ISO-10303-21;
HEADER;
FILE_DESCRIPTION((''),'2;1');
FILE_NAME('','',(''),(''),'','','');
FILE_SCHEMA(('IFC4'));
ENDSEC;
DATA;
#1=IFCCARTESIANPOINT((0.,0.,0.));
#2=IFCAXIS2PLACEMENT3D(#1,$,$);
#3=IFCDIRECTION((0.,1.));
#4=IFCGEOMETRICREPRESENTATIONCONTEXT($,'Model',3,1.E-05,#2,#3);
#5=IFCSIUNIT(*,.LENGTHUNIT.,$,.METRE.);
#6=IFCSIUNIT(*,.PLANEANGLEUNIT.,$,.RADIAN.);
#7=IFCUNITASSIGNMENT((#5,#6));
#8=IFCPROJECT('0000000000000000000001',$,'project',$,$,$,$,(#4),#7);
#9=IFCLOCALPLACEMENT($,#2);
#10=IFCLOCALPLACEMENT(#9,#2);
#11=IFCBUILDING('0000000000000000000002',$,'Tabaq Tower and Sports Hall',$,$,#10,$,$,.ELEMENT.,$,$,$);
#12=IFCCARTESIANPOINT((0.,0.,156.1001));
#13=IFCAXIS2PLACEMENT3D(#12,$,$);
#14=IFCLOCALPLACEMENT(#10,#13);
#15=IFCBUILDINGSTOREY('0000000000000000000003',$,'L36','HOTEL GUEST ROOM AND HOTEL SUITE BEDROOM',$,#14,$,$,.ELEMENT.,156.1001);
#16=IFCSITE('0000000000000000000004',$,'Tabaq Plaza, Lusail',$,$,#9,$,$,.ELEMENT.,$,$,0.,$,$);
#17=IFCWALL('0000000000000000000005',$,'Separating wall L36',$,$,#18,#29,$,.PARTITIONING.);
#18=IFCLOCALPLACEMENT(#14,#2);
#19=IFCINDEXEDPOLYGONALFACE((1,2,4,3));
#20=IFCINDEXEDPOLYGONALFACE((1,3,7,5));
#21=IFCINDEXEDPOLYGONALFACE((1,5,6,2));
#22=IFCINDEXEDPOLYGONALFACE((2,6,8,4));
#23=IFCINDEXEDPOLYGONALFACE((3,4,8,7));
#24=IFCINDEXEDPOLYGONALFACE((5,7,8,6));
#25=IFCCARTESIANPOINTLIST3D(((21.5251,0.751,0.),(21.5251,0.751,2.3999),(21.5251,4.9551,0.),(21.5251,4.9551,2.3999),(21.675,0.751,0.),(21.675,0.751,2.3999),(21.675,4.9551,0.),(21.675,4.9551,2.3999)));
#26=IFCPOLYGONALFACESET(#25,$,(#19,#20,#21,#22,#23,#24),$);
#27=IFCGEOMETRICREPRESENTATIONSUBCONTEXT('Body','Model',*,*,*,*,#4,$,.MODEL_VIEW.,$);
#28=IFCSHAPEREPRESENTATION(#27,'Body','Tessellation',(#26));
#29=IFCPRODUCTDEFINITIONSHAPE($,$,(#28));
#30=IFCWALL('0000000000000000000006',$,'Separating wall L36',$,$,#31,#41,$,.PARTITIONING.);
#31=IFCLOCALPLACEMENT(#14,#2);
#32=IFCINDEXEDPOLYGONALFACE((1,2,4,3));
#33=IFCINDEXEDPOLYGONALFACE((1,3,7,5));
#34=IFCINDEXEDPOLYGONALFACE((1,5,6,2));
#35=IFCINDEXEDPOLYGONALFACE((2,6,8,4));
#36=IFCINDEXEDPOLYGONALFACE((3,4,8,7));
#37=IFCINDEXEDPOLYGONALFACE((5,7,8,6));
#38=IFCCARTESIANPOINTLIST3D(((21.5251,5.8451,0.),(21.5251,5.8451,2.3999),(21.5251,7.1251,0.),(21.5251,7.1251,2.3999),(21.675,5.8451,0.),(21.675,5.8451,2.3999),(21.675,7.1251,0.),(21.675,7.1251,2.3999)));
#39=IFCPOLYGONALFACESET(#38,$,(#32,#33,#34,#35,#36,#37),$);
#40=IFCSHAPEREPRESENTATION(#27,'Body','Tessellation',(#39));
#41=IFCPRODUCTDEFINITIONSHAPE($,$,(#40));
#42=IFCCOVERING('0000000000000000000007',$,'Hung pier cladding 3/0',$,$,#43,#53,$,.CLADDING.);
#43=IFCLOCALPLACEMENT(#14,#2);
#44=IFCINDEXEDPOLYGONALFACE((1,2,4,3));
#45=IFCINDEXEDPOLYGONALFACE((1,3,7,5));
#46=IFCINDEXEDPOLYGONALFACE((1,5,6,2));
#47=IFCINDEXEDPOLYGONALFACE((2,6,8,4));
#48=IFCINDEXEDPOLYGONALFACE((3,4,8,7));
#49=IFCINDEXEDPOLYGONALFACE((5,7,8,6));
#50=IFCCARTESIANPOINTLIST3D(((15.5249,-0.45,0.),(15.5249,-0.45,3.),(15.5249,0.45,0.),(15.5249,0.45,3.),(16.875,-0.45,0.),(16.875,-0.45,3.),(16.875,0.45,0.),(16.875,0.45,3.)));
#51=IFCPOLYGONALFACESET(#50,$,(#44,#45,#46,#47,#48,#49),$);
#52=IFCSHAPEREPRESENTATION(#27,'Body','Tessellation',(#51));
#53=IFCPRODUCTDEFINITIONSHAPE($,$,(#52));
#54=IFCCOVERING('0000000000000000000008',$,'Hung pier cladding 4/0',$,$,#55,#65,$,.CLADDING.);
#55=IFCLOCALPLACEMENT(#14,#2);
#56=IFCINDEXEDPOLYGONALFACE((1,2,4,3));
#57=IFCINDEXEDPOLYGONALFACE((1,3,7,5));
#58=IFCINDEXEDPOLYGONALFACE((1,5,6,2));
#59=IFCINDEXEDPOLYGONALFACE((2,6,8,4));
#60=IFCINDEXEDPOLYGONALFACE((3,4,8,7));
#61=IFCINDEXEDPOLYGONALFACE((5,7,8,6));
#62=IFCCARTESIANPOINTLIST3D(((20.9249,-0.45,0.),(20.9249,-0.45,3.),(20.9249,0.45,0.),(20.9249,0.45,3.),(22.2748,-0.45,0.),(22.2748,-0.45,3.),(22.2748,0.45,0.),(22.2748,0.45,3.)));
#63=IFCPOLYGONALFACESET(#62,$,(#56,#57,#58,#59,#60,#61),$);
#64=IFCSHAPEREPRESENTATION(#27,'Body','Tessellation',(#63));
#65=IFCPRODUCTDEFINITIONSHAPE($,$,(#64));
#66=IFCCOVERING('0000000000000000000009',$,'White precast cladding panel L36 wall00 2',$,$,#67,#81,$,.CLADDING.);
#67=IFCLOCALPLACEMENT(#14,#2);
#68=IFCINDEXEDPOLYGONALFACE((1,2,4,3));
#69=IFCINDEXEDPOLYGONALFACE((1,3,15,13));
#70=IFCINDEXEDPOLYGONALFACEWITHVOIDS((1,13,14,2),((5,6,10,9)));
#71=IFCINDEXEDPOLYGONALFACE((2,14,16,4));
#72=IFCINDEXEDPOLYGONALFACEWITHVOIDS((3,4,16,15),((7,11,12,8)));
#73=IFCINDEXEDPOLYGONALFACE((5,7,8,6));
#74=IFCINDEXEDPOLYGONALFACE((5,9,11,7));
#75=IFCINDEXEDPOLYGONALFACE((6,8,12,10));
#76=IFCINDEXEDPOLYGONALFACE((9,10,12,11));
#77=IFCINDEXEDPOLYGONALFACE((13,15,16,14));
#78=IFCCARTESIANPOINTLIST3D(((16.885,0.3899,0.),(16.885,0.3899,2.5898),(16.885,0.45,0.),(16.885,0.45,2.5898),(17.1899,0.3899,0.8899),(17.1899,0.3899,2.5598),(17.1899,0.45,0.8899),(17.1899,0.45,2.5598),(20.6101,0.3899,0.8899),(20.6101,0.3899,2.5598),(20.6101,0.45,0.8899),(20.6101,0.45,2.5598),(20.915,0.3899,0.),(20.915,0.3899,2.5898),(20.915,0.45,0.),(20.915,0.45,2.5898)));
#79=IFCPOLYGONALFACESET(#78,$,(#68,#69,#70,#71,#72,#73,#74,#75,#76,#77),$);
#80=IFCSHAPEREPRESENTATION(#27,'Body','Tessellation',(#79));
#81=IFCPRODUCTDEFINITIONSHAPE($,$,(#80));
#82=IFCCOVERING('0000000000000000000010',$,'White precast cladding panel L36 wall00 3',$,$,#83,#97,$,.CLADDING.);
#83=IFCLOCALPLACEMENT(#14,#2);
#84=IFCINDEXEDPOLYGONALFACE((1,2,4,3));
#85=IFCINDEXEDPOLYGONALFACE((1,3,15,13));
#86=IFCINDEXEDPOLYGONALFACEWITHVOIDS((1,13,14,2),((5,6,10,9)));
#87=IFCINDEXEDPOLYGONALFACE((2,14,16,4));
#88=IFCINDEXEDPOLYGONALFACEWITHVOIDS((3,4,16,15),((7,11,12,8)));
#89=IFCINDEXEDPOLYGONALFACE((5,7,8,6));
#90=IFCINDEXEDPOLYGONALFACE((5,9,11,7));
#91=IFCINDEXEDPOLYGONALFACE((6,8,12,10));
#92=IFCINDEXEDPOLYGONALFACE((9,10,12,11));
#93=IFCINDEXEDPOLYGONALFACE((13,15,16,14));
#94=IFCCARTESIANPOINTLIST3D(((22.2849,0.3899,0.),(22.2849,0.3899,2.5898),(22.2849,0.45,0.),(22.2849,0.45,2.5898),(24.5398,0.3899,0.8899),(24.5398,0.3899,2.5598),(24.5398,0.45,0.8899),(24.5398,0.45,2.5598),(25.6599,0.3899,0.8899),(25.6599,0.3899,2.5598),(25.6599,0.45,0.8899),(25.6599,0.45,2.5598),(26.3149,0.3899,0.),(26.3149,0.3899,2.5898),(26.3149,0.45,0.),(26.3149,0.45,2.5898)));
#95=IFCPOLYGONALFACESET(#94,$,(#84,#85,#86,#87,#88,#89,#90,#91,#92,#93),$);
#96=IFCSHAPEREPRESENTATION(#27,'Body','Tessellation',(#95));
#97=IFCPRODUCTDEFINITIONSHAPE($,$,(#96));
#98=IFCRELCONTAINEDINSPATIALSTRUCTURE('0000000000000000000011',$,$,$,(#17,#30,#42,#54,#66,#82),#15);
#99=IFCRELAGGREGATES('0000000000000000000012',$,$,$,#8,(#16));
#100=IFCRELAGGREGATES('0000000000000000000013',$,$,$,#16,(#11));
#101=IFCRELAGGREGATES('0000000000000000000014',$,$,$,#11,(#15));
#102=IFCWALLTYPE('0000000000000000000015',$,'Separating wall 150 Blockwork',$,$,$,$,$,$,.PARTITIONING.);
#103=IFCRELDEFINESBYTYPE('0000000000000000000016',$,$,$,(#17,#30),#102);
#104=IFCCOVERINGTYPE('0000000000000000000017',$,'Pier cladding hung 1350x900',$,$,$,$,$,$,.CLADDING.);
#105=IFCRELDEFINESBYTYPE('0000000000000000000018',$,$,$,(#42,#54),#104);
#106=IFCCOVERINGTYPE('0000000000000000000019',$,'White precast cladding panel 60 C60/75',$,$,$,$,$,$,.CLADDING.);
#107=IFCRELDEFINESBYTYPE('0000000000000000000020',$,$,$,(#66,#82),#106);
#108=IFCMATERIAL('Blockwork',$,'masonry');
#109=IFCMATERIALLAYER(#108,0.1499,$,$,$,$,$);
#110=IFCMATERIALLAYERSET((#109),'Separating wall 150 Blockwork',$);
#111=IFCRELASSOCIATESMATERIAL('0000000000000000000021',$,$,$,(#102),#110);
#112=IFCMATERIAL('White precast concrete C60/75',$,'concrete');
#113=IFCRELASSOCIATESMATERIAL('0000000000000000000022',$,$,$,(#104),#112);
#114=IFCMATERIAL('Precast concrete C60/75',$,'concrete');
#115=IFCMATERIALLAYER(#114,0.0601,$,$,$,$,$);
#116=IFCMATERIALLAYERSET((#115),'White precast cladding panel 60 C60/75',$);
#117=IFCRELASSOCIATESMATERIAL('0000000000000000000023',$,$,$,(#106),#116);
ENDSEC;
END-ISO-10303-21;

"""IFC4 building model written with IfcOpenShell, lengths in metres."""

from ifc_helpers import new_model, si_unit, direction, frame, frame_2d, origin, place, context, subcontext, project, spatial, polyline, rectangle, outline, extrude, material, layer, layer_set, type_object, element, save


model = new_model("IFC4")

# Units and contexts
model_context = context("Model", 3, precision=1e-05, world=origin(), true_north=direction((0.0, 1.0)))
body_context = subcontext(model_context, "Body", "Model", "MODEL_VIEW")
ifc_project = project(units=[si_unit("LENGTHUNIT", "METRE"), si_unit("PLANEANGLEUNIT", "RADIAN")], contexts=[model_context])

# Site, building, storey
site_placement = place(None, origin())
site = spatial("IfcSite", under=ifc_project, at=site_placement, Name="Tabaq Plaza, Lusail", CompositionType="ELEMENT", RefElevation=0.0)
building_placement = place(site_placement, origin())
building = spatial("IfcBuilding", under=site, at=building_placement, Name="Tabaq Tower and Sports Hall", CompositionType="ELEMENT")
storey_placement = place(building_placement, frame((0.0, 0.0, 156.1001)))
storey = spatial("IfcBuildingStorey", under=building, at=storey_placement, Name="L36", Description="HOTEL GUEST ROOM AND HOTEL SUITE BEDROOM", CompositionType="ELEMENT", Elevation=156.1001)

# Walls
ifc_material_1 = material(Name="Blockwork", Category="masonry")
ifc_layer_1 = layer(ifc_material_1, 0.1499)
ifc_layer_set_1 = layer_set([ifc_layer_1], Name="Separating wall 150 Blockwork")
wall_type_1 = type_object("IfcWallType", Name="Separating wall 150 Blockwork", PredefinedType="PARTITIONING", material=ifc_layer_set_1)
wall_1_placement = place(storey_placement, frame((21.6001, 0.751, 0.0), z_axis=(0.0, 0.0, 1.0), x_axis=(0.0, 1.0, 0.0)))
element("IfcWall", 1, at=wall_1_placement, inside=storey, type_object=wall_type_1, Name="Separating wall L36", PredefinedType="PARTITIONING", context=body_context, shape_type="SweptSolid", body=[
    extrude(rectangle(XDim=4.2041, YDim=0.1499, at=frame_2d((2.1021, 0.0))), origin(), (0.0, 0.0, 1.0), 2.3999),
])
wall_2_placement = place(storey_placement, frame((21.6001, 5.845, 0.0), z_axis=(0.0, 0.0, 1.0), x_axis=(0.0, 1.0, 0.0)))
element("IfcWall", 2, at=wall_2_placement, inside=storey, type_object=wall_type_1, Name="Separating wall L36", PredefinedType="PARTITIONING", context=body_context, shape_type="SweptSolid", body=[
    extrude(rectangle(XDim=1.28, YDim=0.1499, at=frame_2d((0.6401, 0.0))), origin(), (0.0, 0.0, 1.0), 2.3999),
])

# Coverings
ifc_material_2 = material(Name="White precast concrete C60/75", Category="concrete")
covering_type_1 = type_object("IfcCoveringType", Name="Pier cladding hung 1350x900", PredefinedType="CLADDING", material=ifc_material_2)
covering_1_placement = place(storey_placement, frame((15.5249, 0.0, 0.0), z_axis=(0.0, 0.0, 1.0), x_axis=(1.0, 0.0, 0.0)))
element("IfcCovering", 3, at=covering_1_placement, inside=storey, type_object=covering_type_1, Name="Hung pier cladding 3/0", PredefinedType="CLADDING", context=body_context, shape_type="SweptSolid", body=[
    extrude(rectangle(XDim=1.3501, YDim=0.8999, at=frame_2d((0.675, 0.0))), origin(), (0.0, 0.0, 1.0), 3.0),
])
covering_2_placement = place(storey_placement, frame((20.925, 0.0, 0.0), z_axis=(0.0, 0.0, 1.0), x_axis=(1.0, 0.0, 0.0)))
element("IfcCovering", 4, at=covering_2_placement, inside=storey, type_object=covering_type_1, Name="Hung pier cladding 4/0", PredefinedType="CLADDING", context=body_context, shape_type="SweptSolid", body=[
    extrude(rectangle(XDim=1.3499, YDim=0.8999, at=frame_2d((0.6748, 0.0))), origin(), (0.0, 0.0, 1.0), 3.0),
])
ifc_material_3 = material(Name="Precast concrete C60/75", Category="concrete")
ifc_layer_2 = layer(ifc_material_3, 0.0601)
ifc_layer_set_2 = layer_set([ifc_layer_2], Name="White precast cladding panel 60 C60/75")
covering_type_2 = type_object("IfcCoveringType", Name="White precast cladding panel 60 C60/75", PredefinedType="CLADDING", material=ifc_layer_set_2)
covering_3_placement = place(storey_placement, frame((16.885, 0.4199, 0.0), z_axis=(0.0, 0.0, 1.0), x_axis=(1.0, 0.0, 0.0)))
element("IfcCovering", 5, at=covering_3_placement, inside=storey, type_object=covering_type_2, Name="White precast cladding panel L36 wall00 2", PredefinedType="CLADDING", context=body_context, shape_type="SweptSolid", body=[
    extrude(outline(polyline([(0.0, 0.0), (4.03, 0.0), (4.03, 2.5898), (0.0, 2.5898), (0.0, 0.0)]), holes=[polyline([(3.7251, 0.8899), (0.3049, 0.8899), (0.3049, 2.5598), (3.7251, 2.5598), (3.7251, 0.8899)])]), frame((0.0, 0.03, 0.0), z_axis=(0.0, -1.0, 0.0), x_axis=(1.0, 0.0, 0.0)), (0.0, 0.0, 1.0), 0.0601),
])
covering_4_placement = place(storey_placement, frame((22.2849, 0.4199, 0.0), z_axis=(0.0, 0.0, 1.0), x_axis=(1.0, 0.0, 0.0)))
element("IfcCovering", 6, at=covering_4_placement, inside=storey, type_object=covering_type_2, Name="White precast cladding panel L36 wall00 3", PredefinedType="CLADDING", context=body_context, shape_type="SweptSolid", body=[
    extrude(outline(polyline([(0.0, 0.0), (4.03, 0.0), (4.03, 2.5898), (0.0, 2.5898), (0.0, 0.0)]), holes=[polyline([(3.375, 0.8899), (2.2549, 0.8899), (2.2549, 2.5598), (3.375, 2.5598), (3.375, 0.8899)])]), frame((0.0, 0.03, 0.0), z_axis=(0.0, -1.0, 0.0), x_axis=(1.0, 0.0, 0.0)), (0.0, 0.0, 1.0), 0.0601),
])

save(model, "model.ifc")
